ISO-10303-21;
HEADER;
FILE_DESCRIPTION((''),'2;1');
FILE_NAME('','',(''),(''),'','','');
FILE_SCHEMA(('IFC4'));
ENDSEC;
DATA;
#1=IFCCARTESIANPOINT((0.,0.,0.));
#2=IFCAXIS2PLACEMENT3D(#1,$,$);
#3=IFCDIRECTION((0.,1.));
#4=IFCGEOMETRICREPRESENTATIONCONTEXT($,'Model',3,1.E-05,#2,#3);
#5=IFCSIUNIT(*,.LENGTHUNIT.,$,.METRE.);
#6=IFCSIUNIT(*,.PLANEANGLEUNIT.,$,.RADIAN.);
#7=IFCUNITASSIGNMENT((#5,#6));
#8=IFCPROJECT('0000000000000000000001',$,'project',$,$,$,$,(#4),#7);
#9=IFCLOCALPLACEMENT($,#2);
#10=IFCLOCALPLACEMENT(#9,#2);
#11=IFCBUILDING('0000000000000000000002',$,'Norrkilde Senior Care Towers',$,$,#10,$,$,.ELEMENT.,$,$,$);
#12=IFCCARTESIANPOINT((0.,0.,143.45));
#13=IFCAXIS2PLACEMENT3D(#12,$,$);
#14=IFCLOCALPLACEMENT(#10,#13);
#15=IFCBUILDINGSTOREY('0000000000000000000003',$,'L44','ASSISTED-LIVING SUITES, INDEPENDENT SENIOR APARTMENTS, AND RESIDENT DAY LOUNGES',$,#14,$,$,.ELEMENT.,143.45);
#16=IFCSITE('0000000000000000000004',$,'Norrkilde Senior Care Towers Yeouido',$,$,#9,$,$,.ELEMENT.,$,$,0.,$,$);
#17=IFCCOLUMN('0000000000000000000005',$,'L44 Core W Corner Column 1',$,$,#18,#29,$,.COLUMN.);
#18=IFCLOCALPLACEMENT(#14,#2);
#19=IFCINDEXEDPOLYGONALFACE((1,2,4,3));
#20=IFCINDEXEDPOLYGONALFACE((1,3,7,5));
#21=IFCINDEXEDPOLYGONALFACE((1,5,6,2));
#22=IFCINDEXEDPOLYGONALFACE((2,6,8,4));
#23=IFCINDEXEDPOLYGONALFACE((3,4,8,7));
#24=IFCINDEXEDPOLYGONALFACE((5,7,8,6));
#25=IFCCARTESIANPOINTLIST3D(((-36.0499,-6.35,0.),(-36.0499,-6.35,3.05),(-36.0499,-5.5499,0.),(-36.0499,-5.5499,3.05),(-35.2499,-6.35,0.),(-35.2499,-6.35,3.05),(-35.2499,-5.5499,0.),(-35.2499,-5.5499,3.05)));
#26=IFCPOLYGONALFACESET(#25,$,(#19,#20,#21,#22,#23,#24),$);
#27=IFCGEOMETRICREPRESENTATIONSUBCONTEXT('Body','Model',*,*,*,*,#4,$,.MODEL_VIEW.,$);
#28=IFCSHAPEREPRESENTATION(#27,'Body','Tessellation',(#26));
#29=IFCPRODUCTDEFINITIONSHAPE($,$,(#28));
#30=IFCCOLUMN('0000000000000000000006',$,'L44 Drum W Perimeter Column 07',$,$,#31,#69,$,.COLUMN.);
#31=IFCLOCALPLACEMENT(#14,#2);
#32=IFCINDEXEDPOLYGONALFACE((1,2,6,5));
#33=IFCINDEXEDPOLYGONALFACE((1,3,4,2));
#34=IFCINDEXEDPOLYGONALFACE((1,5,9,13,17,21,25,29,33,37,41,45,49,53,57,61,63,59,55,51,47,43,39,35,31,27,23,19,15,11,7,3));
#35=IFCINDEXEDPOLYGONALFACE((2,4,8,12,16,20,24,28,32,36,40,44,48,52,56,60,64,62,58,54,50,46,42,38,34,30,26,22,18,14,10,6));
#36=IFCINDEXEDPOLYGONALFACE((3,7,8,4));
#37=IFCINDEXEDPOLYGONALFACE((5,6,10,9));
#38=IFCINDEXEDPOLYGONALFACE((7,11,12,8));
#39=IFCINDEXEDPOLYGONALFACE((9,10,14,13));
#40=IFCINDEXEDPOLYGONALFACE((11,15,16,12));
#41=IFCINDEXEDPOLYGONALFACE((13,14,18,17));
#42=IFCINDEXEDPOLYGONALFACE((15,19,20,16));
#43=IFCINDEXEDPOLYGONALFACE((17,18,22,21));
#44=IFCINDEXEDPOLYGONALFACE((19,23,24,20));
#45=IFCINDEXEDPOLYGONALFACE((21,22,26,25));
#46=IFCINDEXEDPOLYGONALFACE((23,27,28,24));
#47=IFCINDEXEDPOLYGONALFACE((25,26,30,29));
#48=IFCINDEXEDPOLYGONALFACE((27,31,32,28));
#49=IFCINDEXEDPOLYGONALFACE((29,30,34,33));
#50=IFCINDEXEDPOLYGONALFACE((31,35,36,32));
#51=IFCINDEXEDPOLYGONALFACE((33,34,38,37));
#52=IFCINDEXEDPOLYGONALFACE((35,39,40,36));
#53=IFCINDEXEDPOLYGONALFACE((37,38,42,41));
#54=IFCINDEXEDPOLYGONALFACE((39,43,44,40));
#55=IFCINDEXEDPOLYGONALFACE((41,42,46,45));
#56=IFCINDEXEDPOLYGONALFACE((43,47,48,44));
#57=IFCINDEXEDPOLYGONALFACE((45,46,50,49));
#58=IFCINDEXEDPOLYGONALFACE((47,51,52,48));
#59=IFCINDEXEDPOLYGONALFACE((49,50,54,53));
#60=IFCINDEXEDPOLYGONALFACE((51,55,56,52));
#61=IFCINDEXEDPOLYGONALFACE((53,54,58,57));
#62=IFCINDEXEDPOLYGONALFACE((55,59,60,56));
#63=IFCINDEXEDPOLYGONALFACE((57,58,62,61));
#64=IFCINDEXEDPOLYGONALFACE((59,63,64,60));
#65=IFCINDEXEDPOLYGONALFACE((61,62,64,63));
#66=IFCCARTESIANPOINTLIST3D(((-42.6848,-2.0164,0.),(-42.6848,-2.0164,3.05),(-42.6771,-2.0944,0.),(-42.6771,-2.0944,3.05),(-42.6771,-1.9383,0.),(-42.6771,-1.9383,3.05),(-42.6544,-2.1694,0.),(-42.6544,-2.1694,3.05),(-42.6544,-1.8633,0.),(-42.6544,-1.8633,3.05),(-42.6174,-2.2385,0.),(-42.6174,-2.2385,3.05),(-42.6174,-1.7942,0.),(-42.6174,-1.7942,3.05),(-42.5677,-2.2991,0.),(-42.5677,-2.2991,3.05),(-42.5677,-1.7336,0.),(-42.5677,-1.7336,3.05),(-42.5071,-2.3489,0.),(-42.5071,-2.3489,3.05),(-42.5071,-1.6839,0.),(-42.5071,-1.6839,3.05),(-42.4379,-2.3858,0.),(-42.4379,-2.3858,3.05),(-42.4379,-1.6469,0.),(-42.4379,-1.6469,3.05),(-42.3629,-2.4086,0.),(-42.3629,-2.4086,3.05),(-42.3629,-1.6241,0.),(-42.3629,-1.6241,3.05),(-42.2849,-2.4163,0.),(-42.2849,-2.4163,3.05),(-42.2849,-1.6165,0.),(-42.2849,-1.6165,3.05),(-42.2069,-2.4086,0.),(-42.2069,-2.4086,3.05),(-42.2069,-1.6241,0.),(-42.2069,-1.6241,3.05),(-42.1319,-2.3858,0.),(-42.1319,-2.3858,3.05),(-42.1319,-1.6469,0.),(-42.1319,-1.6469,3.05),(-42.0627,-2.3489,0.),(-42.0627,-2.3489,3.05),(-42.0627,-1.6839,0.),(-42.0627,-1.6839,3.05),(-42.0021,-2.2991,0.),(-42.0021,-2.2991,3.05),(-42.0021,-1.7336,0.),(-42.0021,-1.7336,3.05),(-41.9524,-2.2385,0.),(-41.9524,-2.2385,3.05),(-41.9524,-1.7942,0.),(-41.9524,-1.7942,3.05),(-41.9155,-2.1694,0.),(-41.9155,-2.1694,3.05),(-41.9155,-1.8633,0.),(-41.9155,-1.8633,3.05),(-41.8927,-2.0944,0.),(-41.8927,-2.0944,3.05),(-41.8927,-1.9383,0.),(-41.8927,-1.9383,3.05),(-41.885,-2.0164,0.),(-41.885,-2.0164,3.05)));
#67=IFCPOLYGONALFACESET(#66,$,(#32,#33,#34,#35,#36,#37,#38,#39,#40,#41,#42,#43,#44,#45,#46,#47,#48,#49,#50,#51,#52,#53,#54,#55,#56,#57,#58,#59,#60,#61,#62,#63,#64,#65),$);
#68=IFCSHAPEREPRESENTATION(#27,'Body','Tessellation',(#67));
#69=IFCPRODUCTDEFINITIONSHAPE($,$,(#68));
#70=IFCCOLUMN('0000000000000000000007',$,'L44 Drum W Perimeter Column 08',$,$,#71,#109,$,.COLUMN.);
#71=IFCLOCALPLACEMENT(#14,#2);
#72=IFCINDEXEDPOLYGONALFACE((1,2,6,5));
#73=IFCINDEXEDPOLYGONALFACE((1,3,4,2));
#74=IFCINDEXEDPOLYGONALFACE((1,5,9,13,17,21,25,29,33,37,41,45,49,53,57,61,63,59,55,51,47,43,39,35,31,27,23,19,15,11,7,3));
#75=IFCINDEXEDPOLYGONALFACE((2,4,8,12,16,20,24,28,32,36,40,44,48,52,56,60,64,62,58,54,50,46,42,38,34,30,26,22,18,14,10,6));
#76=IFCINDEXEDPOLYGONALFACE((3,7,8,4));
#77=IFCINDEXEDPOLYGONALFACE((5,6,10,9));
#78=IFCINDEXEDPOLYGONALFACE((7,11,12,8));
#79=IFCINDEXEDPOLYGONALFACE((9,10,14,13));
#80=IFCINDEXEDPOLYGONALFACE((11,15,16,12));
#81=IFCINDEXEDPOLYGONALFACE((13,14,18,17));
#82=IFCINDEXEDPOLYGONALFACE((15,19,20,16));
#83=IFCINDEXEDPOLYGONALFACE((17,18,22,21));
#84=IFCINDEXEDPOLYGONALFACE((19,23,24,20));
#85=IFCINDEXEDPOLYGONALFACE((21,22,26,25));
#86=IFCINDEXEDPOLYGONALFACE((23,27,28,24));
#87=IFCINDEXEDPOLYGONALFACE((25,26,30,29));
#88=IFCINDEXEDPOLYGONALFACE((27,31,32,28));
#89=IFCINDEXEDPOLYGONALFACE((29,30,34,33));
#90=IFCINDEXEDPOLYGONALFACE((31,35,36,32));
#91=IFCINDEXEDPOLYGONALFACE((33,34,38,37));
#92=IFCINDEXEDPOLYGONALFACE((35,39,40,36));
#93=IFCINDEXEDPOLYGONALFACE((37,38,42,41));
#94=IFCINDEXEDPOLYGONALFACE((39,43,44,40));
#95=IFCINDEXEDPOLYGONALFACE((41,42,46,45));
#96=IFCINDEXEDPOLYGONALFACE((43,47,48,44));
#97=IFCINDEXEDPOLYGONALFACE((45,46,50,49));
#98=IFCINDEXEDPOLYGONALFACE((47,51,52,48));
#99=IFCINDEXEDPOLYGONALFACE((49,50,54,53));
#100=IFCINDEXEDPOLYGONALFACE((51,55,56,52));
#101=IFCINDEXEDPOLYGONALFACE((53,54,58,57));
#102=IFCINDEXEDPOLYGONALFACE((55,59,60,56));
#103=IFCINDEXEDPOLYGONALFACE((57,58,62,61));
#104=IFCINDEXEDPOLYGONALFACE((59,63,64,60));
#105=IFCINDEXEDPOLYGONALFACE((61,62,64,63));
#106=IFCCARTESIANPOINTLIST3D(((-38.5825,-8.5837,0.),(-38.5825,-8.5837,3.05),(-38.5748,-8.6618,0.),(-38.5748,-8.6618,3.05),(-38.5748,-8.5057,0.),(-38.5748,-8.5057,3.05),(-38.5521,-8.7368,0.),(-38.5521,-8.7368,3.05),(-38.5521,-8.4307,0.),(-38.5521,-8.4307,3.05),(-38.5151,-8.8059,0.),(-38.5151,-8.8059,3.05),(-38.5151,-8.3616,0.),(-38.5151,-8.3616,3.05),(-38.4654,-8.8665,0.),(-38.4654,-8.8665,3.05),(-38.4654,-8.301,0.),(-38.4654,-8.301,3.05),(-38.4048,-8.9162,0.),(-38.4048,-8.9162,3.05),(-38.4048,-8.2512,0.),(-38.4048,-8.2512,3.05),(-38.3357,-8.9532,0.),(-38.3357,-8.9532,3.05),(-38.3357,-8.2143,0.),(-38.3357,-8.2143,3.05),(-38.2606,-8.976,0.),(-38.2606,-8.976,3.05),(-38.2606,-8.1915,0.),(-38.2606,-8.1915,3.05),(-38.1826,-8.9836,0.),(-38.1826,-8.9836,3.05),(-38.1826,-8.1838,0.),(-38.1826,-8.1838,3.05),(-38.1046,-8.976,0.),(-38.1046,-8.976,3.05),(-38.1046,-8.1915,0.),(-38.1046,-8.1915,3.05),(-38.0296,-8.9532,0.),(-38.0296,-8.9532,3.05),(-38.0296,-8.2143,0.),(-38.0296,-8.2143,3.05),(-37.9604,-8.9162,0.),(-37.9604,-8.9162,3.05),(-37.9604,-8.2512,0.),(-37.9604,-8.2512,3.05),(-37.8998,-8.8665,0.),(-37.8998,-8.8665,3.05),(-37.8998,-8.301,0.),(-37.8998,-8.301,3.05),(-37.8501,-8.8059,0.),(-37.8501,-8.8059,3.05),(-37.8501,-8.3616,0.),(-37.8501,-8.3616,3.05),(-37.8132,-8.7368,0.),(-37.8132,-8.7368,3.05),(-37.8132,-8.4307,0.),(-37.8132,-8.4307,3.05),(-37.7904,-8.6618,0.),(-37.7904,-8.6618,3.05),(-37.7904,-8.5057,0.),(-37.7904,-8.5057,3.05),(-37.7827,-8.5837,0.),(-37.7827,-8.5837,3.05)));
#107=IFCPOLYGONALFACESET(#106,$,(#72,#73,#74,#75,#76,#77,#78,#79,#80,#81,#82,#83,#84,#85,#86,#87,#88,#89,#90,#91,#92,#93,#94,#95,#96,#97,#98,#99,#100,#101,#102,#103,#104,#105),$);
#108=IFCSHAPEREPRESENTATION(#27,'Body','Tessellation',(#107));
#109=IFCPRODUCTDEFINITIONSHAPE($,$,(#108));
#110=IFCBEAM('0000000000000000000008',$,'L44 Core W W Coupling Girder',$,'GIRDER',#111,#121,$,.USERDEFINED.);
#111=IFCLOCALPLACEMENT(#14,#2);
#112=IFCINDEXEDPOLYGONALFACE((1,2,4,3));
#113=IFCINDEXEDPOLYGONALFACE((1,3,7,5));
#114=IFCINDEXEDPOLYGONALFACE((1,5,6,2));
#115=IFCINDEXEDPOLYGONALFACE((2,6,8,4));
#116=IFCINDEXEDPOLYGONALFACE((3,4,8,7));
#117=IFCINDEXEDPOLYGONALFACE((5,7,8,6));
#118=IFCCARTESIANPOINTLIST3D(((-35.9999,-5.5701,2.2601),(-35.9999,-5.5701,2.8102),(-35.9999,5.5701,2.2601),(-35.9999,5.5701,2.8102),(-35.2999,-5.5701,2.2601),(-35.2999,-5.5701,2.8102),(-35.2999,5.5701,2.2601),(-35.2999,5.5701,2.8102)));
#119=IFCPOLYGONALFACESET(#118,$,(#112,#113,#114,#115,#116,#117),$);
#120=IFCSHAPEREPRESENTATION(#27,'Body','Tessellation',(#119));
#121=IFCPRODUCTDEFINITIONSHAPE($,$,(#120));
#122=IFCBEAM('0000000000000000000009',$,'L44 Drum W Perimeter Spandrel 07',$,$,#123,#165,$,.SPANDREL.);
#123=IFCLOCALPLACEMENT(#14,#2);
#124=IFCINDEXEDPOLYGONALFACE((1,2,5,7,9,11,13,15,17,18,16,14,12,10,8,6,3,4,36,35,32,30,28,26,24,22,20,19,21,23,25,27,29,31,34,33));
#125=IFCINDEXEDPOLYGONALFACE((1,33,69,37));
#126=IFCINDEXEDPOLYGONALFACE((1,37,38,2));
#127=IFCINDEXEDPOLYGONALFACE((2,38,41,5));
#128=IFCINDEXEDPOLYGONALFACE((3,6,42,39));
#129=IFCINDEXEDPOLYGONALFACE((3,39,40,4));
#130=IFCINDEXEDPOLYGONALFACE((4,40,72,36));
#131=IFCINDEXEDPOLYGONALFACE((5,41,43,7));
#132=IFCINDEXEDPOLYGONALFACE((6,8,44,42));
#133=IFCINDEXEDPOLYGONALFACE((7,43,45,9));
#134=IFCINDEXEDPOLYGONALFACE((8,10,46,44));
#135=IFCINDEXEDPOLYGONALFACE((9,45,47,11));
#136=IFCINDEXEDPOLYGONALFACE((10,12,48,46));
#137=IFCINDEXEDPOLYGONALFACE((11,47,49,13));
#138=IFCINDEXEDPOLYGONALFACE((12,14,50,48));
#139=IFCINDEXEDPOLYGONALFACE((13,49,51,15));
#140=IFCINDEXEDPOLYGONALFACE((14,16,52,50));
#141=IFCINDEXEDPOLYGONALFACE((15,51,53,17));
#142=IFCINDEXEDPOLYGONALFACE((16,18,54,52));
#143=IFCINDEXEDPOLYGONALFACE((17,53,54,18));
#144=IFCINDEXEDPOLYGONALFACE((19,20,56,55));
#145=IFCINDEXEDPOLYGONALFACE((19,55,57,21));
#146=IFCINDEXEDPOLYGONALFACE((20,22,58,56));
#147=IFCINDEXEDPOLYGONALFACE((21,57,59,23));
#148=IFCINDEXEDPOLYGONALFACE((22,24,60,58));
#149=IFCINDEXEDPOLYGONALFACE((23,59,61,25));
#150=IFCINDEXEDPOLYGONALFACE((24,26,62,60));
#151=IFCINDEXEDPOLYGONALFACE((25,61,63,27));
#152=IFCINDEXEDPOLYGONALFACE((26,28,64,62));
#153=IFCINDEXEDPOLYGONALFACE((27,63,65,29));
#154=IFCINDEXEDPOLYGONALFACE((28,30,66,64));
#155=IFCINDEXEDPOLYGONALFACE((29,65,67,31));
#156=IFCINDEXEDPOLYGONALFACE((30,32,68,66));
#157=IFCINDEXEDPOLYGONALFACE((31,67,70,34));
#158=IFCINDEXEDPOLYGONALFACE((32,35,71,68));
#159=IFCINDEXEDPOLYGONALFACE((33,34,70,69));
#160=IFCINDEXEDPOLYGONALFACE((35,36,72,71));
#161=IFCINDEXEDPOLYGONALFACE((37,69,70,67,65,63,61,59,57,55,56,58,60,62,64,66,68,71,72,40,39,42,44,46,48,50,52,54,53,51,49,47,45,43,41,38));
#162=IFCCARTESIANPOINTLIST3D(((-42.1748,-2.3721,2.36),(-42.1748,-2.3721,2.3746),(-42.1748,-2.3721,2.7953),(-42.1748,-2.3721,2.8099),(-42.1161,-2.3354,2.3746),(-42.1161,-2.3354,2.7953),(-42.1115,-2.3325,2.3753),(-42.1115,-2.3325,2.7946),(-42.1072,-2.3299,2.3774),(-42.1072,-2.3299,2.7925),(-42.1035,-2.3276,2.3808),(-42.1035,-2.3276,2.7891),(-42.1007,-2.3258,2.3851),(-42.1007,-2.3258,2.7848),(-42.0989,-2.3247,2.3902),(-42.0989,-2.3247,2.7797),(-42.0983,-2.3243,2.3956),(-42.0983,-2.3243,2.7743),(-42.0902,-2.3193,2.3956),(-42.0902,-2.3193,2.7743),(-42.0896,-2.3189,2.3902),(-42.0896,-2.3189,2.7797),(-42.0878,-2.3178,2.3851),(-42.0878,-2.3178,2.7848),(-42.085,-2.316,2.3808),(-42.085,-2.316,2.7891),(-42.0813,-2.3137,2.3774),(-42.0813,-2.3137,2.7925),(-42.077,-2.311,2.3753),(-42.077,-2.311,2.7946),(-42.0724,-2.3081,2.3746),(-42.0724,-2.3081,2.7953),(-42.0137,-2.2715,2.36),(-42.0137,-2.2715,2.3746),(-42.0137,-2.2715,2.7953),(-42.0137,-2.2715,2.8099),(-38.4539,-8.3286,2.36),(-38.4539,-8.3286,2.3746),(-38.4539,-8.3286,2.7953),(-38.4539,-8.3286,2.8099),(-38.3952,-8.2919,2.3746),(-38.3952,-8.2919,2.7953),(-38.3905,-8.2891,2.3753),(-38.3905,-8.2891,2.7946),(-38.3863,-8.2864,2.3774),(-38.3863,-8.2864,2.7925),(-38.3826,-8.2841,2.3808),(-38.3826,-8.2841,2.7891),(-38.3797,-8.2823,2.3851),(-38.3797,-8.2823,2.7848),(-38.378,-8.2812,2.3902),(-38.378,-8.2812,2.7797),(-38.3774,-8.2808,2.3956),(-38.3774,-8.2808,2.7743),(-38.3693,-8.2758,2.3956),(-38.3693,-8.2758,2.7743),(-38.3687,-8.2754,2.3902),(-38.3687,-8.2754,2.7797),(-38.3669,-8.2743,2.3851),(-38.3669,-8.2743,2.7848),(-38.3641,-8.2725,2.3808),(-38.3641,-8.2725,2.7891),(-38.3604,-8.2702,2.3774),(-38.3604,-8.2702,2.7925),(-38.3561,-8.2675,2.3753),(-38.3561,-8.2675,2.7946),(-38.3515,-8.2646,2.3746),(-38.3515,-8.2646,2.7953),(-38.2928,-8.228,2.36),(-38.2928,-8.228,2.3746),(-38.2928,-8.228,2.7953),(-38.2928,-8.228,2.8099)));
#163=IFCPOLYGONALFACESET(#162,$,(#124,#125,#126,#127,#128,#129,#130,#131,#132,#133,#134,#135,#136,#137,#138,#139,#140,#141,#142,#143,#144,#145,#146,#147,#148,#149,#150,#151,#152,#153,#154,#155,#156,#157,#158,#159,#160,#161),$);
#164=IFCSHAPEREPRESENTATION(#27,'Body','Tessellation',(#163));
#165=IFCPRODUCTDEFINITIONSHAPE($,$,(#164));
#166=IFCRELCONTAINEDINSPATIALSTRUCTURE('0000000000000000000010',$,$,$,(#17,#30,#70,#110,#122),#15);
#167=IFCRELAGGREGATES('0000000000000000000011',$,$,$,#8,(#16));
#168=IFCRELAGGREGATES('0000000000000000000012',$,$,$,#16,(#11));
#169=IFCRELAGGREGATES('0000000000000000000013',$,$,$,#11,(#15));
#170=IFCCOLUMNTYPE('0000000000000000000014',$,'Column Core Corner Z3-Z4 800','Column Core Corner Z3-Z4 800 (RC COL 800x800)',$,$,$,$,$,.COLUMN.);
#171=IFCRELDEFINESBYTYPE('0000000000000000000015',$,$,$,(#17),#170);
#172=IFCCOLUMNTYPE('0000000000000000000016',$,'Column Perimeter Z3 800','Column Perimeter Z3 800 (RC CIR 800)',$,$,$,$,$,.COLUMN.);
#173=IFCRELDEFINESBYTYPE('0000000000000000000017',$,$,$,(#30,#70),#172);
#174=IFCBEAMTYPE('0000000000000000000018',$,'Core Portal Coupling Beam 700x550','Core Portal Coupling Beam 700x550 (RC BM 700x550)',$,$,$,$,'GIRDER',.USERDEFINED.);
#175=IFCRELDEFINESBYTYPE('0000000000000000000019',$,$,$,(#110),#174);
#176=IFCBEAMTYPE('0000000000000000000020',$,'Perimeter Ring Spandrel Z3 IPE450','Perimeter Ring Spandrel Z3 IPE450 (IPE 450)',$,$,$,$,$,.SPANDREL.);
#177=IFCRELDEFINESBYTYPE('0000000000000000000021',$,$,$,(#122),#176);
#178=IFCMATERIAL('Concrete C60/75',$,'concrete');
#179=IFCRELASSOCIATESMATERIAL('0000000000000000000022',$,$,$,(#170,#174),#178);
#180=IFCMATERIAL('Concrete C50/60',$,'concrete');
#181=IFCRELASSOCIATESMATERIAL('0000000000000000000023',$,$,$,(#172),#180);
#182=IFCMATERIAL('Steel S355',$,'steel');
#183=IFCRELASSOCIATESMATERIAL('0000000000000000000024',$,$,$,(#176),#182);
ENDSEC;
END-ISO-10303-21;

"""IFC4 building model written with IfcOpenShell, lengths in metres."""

from ifc_helpers import new_model, si_unit, direction, frame, origin, origin_2d, place, context, subcontext, project, spatial, rectangle, circle, i_section, extrude, source, transform, mapped, material, material_profile, profile_set, type_object, type_shapes, element, save


model = new_model("IFC4")

# Units and contexts
model_context = context("Model", 3, precision=1e-05, world=origin(), true_north=direction((0.0, 1.0)))
body_context = subcontext(model_context, "Body", "Model", "MODEL_VIEW")
ifc_project = project(units=[si_unit("LENGTHUNIT", "METRE"), si_unit("PLANEANGLEUNIT", "RADIAN")], contexts=[model_context])

# Site, building, storey
site_placement = place(None, origin())
site = spatial("IfcSite", under=ifc_project, at=site_placement, Name="Norrkilde Senior Care Towers Yeouido", CompositionType="ELEMENT", RefElevation=0.0)
building_placement = place(site_placement, origin())
building = spatial("IfcBuilding", under=site, at=building_placement, Name="Norrkilde Senior Care Towers", CompositionType="ELEMENT")
storey_placement = place(building_placement, frame((0.0, 0.0, 143.45)))
storey = spatial("IfcBuildingStorey", under=building, at=storey_placement, Name="L44", Description="ASSISTED-LIVING SUITES, INDEPENDENT SENIOR APARTMENTS, AND RESIDENT DAY LOUNGES", CompositionType="ELEMENT", Elevation=143.45)

# Columns
ifc_material_1 = material(Name="Concrete C60/75", Category="concrete")
ifc_material_profile_1 = material_profile(ifc_material_1, rectangle(XDim=0.8, YDim=0.8, at=origin_2d()), Name="RC COL 800x800")
ifc_profile_set_1 = profile_set([ifc_material_profile_1], Name="Concrete C60/75")
column_type_1 = type_object("IfcColumnType", Name="Column Core Corner Z3-Z4 800", Description="Column Core Corner Z3-Z4 800 (RC COL 800x800)", PredefinedType="COLUMN", material=ifc_profile_set_1)
shared_shape_1 = source(origin(), body_context, "Body", "SweptSolid", [
    extrude(rectangle(XDim=0.8, YDim=0.8, at=origin_2d()), origin(), (0.0, 0.0, 1.0), 3.05),
])
type_shapes(column_type_1, [shared_shape_1])
column_placement = place(storey_placement, frame((-35.6499, -5.95, 0.0), z_axis=(0.0, 0.0, 1.0), x_axis=(1.0, 0.0, 0.0)))
element("IfcColumn", 1, at=column_placement, inside=storey, type_object=column_type_1, Name="L44 Core W Corner Column 1", PredefinedType="COLUMN", context=body_context, shape_type="MappedRepresentation", body=[
    mapped(shared_shape_1, transform((0.0, 0.0, 0.0), x_axis=(1.0, 0.0, 0.0), y_axis=(0.0, 1.0, 0.0), z_axis=(0.0, 0.0, 1.0), scale=1.0)),
])
ifc_material_2 = material(Name="Concrete C50/60", Category="concrete")
ifc_material_profile_2 = material_profile(ifc_material_2, circle(Radius=0.3999, at=origin_2d()), Name="RC CIR 800")
ifc_profile_set_2 = profile_set([ifc_material_profile_2], Name="Concrete C50/60")
column_type_2 = type_object("IfcColumnType", Name="Column Perimeter Z3 800", Description="Column Perimeter Z3 800 (RC CIR 800)", PredefinedType="COLUMN", material=ifc_profile_set_2)
shared_shape_2 = source(origin(), body_context, "Body", "SweptSolid", [
    extrude(circle(Radius=0.3999, at=origin_2d()), origin(), (0.0, 0.0, 1.0), 3.05),
])
type_shapes(column_type_2, [shared_shape_2])
for number, where, z_axis, x_axis, name in (
    (2, (-42.2849, -2.0164, 0.0), (0.0, 0.0, 1.0), (1.0, 0.0, 0.0), "L44 Drum W Perimeter Column 07"),
    (3, (-38.1826, -8.5837, 0.0), (0.0, 0.0, 1.0), (1.0, 0.0, 0.0), "L44 Drum W Perimeter Column 08"),
):
    element("IfcColumn", number, at=place(storey_placement, frame(where, z_axis=z_axis, x_axis=x_axis)), inside=storey, type_object=column_type_2, Name=name, PredefinedType="COLUMN", context=body_context, shape_type="MappedRepresentation", body=[
        mapped(shared_shape_2, transform((0.0, 0.0, 0.0), x_axis=(1.0, 0.0, 0.0), y_axis=(0.0, 1.0, 0.0), z_axis=(0.0, 0.0, 1.0), scale=1.0)),
    ])

# Beams
ifc_material_profile_3 = material_profile(ifc_material_1, rectangle(XDim=0.7, YDim=0.55, at=origin_2d()), Name="RC BM 700x550")
ifc_profile_set_3 = profile_set([ifc_material_profile_3], Name="Concrete C60/75")
beam_type_1 = type_object("IfcBeamType", Name="Core Portal Coupling Beam 700x550", Description="Core Portal Coupling Beam 700x550 (RC BM 700x550)", ElementType="GIRDER", PredefinedType="USERDEFINED", material=ifc_profile_set_3)
shared_shape_3 = source(origin(), body_context, "Body", "SweptSolid", [
    extrude(rectangle(XDim=0.7, YDim=0.55, at=origin_2d()), origin(), (0.0, 0.0, 1.0), 11.1401),
])
type_shapes(beam_type_1, [shared_shape_3])
beam_1_placement = place(storey_placement, frame((-35.6499, -5.5701, 2.5352), z_axis=(0.0, 1.0, 0.0), x_axis=(-1.0, 0.0, 0.0)))
element("IfcBeam", 4, at=beam_1_placement, inside=storey, type_object=beam_type_1, Name="L44 Core W W Coupling Girder", ObjectType="GIRDER", PredefinedType="USERDEFINED", context=body_context, shape_type="MappedRepresentation", body=[
    mapped(shared_shape_3, transform((0.0, 0.0, 0.0), x_axis=(1.0, 0.0, 0.0), y_axis=(0.0, 1.0, 0.0), z_axis=(0.0, 0.0, 1.0), scale=1.0)),
])
ifc_material_3 = material(Name="Steel S355", Category="steel")
ifc_material_profile_4 = material_profile(ifc_material_3, i_section(OverallWidth=0.1899, OverallDepth=0.45, WebThickness=0.0095, FlangeThickness=0.0146, FilletRadius=0.021, at=origin_2d()), Name="IPE 450")
ifc_profile_set_4 = profile_set([ifc_material_profile_4], Name="Steel S355")
beam_type_2 = type_object("IfcBeamType", Name="Perimeter Ring Spandrel Z3 IPE450", Description="Perimeter Ring Spandrel Z3 IPE450 (IPE 450)", PredefinedType="SPANDREL", material=ifc_profile_set_4)
shared_shape_4 = source(origin(), body_context, "Body", "SweptSolid", [
    extrude(i_section(OverallWidth=0.1899, OverallDepth=0.45, WebThickness=0.0095, FlangeThickness=0.0146, FilletRadius=0.021, at=origin_2d()), origin(), (0.0, 0.0, 1.0), 7.0232),
])
beam_2_placement = place(storey_placement, frame((-42.0942, -2.3218, 2.585), z_axis=(0.529805, -0.848119, 0.0), x_axis=(0.848119, 0.529805, 0.0)))
element("IfcBeam", 5, at=beam_2_placement, inside=storey, type_object=beam_type_2, Name="L44 Drum W Perimeter Spandrel 07", PredefinedType="SPANDREL", context=body_context, shape_type="MappedRepresentation", body=[
    mapped(shared_shape_4, transform((0.0, 0.0, 0.0), x_axis=(1.0, 0.0, 0.0), y_axis=(0.0, 1.0, 0.0), z_axis=(0.0, 0.0, 1.0), scale=1.0)),
])

save(model, "model.ifc")
